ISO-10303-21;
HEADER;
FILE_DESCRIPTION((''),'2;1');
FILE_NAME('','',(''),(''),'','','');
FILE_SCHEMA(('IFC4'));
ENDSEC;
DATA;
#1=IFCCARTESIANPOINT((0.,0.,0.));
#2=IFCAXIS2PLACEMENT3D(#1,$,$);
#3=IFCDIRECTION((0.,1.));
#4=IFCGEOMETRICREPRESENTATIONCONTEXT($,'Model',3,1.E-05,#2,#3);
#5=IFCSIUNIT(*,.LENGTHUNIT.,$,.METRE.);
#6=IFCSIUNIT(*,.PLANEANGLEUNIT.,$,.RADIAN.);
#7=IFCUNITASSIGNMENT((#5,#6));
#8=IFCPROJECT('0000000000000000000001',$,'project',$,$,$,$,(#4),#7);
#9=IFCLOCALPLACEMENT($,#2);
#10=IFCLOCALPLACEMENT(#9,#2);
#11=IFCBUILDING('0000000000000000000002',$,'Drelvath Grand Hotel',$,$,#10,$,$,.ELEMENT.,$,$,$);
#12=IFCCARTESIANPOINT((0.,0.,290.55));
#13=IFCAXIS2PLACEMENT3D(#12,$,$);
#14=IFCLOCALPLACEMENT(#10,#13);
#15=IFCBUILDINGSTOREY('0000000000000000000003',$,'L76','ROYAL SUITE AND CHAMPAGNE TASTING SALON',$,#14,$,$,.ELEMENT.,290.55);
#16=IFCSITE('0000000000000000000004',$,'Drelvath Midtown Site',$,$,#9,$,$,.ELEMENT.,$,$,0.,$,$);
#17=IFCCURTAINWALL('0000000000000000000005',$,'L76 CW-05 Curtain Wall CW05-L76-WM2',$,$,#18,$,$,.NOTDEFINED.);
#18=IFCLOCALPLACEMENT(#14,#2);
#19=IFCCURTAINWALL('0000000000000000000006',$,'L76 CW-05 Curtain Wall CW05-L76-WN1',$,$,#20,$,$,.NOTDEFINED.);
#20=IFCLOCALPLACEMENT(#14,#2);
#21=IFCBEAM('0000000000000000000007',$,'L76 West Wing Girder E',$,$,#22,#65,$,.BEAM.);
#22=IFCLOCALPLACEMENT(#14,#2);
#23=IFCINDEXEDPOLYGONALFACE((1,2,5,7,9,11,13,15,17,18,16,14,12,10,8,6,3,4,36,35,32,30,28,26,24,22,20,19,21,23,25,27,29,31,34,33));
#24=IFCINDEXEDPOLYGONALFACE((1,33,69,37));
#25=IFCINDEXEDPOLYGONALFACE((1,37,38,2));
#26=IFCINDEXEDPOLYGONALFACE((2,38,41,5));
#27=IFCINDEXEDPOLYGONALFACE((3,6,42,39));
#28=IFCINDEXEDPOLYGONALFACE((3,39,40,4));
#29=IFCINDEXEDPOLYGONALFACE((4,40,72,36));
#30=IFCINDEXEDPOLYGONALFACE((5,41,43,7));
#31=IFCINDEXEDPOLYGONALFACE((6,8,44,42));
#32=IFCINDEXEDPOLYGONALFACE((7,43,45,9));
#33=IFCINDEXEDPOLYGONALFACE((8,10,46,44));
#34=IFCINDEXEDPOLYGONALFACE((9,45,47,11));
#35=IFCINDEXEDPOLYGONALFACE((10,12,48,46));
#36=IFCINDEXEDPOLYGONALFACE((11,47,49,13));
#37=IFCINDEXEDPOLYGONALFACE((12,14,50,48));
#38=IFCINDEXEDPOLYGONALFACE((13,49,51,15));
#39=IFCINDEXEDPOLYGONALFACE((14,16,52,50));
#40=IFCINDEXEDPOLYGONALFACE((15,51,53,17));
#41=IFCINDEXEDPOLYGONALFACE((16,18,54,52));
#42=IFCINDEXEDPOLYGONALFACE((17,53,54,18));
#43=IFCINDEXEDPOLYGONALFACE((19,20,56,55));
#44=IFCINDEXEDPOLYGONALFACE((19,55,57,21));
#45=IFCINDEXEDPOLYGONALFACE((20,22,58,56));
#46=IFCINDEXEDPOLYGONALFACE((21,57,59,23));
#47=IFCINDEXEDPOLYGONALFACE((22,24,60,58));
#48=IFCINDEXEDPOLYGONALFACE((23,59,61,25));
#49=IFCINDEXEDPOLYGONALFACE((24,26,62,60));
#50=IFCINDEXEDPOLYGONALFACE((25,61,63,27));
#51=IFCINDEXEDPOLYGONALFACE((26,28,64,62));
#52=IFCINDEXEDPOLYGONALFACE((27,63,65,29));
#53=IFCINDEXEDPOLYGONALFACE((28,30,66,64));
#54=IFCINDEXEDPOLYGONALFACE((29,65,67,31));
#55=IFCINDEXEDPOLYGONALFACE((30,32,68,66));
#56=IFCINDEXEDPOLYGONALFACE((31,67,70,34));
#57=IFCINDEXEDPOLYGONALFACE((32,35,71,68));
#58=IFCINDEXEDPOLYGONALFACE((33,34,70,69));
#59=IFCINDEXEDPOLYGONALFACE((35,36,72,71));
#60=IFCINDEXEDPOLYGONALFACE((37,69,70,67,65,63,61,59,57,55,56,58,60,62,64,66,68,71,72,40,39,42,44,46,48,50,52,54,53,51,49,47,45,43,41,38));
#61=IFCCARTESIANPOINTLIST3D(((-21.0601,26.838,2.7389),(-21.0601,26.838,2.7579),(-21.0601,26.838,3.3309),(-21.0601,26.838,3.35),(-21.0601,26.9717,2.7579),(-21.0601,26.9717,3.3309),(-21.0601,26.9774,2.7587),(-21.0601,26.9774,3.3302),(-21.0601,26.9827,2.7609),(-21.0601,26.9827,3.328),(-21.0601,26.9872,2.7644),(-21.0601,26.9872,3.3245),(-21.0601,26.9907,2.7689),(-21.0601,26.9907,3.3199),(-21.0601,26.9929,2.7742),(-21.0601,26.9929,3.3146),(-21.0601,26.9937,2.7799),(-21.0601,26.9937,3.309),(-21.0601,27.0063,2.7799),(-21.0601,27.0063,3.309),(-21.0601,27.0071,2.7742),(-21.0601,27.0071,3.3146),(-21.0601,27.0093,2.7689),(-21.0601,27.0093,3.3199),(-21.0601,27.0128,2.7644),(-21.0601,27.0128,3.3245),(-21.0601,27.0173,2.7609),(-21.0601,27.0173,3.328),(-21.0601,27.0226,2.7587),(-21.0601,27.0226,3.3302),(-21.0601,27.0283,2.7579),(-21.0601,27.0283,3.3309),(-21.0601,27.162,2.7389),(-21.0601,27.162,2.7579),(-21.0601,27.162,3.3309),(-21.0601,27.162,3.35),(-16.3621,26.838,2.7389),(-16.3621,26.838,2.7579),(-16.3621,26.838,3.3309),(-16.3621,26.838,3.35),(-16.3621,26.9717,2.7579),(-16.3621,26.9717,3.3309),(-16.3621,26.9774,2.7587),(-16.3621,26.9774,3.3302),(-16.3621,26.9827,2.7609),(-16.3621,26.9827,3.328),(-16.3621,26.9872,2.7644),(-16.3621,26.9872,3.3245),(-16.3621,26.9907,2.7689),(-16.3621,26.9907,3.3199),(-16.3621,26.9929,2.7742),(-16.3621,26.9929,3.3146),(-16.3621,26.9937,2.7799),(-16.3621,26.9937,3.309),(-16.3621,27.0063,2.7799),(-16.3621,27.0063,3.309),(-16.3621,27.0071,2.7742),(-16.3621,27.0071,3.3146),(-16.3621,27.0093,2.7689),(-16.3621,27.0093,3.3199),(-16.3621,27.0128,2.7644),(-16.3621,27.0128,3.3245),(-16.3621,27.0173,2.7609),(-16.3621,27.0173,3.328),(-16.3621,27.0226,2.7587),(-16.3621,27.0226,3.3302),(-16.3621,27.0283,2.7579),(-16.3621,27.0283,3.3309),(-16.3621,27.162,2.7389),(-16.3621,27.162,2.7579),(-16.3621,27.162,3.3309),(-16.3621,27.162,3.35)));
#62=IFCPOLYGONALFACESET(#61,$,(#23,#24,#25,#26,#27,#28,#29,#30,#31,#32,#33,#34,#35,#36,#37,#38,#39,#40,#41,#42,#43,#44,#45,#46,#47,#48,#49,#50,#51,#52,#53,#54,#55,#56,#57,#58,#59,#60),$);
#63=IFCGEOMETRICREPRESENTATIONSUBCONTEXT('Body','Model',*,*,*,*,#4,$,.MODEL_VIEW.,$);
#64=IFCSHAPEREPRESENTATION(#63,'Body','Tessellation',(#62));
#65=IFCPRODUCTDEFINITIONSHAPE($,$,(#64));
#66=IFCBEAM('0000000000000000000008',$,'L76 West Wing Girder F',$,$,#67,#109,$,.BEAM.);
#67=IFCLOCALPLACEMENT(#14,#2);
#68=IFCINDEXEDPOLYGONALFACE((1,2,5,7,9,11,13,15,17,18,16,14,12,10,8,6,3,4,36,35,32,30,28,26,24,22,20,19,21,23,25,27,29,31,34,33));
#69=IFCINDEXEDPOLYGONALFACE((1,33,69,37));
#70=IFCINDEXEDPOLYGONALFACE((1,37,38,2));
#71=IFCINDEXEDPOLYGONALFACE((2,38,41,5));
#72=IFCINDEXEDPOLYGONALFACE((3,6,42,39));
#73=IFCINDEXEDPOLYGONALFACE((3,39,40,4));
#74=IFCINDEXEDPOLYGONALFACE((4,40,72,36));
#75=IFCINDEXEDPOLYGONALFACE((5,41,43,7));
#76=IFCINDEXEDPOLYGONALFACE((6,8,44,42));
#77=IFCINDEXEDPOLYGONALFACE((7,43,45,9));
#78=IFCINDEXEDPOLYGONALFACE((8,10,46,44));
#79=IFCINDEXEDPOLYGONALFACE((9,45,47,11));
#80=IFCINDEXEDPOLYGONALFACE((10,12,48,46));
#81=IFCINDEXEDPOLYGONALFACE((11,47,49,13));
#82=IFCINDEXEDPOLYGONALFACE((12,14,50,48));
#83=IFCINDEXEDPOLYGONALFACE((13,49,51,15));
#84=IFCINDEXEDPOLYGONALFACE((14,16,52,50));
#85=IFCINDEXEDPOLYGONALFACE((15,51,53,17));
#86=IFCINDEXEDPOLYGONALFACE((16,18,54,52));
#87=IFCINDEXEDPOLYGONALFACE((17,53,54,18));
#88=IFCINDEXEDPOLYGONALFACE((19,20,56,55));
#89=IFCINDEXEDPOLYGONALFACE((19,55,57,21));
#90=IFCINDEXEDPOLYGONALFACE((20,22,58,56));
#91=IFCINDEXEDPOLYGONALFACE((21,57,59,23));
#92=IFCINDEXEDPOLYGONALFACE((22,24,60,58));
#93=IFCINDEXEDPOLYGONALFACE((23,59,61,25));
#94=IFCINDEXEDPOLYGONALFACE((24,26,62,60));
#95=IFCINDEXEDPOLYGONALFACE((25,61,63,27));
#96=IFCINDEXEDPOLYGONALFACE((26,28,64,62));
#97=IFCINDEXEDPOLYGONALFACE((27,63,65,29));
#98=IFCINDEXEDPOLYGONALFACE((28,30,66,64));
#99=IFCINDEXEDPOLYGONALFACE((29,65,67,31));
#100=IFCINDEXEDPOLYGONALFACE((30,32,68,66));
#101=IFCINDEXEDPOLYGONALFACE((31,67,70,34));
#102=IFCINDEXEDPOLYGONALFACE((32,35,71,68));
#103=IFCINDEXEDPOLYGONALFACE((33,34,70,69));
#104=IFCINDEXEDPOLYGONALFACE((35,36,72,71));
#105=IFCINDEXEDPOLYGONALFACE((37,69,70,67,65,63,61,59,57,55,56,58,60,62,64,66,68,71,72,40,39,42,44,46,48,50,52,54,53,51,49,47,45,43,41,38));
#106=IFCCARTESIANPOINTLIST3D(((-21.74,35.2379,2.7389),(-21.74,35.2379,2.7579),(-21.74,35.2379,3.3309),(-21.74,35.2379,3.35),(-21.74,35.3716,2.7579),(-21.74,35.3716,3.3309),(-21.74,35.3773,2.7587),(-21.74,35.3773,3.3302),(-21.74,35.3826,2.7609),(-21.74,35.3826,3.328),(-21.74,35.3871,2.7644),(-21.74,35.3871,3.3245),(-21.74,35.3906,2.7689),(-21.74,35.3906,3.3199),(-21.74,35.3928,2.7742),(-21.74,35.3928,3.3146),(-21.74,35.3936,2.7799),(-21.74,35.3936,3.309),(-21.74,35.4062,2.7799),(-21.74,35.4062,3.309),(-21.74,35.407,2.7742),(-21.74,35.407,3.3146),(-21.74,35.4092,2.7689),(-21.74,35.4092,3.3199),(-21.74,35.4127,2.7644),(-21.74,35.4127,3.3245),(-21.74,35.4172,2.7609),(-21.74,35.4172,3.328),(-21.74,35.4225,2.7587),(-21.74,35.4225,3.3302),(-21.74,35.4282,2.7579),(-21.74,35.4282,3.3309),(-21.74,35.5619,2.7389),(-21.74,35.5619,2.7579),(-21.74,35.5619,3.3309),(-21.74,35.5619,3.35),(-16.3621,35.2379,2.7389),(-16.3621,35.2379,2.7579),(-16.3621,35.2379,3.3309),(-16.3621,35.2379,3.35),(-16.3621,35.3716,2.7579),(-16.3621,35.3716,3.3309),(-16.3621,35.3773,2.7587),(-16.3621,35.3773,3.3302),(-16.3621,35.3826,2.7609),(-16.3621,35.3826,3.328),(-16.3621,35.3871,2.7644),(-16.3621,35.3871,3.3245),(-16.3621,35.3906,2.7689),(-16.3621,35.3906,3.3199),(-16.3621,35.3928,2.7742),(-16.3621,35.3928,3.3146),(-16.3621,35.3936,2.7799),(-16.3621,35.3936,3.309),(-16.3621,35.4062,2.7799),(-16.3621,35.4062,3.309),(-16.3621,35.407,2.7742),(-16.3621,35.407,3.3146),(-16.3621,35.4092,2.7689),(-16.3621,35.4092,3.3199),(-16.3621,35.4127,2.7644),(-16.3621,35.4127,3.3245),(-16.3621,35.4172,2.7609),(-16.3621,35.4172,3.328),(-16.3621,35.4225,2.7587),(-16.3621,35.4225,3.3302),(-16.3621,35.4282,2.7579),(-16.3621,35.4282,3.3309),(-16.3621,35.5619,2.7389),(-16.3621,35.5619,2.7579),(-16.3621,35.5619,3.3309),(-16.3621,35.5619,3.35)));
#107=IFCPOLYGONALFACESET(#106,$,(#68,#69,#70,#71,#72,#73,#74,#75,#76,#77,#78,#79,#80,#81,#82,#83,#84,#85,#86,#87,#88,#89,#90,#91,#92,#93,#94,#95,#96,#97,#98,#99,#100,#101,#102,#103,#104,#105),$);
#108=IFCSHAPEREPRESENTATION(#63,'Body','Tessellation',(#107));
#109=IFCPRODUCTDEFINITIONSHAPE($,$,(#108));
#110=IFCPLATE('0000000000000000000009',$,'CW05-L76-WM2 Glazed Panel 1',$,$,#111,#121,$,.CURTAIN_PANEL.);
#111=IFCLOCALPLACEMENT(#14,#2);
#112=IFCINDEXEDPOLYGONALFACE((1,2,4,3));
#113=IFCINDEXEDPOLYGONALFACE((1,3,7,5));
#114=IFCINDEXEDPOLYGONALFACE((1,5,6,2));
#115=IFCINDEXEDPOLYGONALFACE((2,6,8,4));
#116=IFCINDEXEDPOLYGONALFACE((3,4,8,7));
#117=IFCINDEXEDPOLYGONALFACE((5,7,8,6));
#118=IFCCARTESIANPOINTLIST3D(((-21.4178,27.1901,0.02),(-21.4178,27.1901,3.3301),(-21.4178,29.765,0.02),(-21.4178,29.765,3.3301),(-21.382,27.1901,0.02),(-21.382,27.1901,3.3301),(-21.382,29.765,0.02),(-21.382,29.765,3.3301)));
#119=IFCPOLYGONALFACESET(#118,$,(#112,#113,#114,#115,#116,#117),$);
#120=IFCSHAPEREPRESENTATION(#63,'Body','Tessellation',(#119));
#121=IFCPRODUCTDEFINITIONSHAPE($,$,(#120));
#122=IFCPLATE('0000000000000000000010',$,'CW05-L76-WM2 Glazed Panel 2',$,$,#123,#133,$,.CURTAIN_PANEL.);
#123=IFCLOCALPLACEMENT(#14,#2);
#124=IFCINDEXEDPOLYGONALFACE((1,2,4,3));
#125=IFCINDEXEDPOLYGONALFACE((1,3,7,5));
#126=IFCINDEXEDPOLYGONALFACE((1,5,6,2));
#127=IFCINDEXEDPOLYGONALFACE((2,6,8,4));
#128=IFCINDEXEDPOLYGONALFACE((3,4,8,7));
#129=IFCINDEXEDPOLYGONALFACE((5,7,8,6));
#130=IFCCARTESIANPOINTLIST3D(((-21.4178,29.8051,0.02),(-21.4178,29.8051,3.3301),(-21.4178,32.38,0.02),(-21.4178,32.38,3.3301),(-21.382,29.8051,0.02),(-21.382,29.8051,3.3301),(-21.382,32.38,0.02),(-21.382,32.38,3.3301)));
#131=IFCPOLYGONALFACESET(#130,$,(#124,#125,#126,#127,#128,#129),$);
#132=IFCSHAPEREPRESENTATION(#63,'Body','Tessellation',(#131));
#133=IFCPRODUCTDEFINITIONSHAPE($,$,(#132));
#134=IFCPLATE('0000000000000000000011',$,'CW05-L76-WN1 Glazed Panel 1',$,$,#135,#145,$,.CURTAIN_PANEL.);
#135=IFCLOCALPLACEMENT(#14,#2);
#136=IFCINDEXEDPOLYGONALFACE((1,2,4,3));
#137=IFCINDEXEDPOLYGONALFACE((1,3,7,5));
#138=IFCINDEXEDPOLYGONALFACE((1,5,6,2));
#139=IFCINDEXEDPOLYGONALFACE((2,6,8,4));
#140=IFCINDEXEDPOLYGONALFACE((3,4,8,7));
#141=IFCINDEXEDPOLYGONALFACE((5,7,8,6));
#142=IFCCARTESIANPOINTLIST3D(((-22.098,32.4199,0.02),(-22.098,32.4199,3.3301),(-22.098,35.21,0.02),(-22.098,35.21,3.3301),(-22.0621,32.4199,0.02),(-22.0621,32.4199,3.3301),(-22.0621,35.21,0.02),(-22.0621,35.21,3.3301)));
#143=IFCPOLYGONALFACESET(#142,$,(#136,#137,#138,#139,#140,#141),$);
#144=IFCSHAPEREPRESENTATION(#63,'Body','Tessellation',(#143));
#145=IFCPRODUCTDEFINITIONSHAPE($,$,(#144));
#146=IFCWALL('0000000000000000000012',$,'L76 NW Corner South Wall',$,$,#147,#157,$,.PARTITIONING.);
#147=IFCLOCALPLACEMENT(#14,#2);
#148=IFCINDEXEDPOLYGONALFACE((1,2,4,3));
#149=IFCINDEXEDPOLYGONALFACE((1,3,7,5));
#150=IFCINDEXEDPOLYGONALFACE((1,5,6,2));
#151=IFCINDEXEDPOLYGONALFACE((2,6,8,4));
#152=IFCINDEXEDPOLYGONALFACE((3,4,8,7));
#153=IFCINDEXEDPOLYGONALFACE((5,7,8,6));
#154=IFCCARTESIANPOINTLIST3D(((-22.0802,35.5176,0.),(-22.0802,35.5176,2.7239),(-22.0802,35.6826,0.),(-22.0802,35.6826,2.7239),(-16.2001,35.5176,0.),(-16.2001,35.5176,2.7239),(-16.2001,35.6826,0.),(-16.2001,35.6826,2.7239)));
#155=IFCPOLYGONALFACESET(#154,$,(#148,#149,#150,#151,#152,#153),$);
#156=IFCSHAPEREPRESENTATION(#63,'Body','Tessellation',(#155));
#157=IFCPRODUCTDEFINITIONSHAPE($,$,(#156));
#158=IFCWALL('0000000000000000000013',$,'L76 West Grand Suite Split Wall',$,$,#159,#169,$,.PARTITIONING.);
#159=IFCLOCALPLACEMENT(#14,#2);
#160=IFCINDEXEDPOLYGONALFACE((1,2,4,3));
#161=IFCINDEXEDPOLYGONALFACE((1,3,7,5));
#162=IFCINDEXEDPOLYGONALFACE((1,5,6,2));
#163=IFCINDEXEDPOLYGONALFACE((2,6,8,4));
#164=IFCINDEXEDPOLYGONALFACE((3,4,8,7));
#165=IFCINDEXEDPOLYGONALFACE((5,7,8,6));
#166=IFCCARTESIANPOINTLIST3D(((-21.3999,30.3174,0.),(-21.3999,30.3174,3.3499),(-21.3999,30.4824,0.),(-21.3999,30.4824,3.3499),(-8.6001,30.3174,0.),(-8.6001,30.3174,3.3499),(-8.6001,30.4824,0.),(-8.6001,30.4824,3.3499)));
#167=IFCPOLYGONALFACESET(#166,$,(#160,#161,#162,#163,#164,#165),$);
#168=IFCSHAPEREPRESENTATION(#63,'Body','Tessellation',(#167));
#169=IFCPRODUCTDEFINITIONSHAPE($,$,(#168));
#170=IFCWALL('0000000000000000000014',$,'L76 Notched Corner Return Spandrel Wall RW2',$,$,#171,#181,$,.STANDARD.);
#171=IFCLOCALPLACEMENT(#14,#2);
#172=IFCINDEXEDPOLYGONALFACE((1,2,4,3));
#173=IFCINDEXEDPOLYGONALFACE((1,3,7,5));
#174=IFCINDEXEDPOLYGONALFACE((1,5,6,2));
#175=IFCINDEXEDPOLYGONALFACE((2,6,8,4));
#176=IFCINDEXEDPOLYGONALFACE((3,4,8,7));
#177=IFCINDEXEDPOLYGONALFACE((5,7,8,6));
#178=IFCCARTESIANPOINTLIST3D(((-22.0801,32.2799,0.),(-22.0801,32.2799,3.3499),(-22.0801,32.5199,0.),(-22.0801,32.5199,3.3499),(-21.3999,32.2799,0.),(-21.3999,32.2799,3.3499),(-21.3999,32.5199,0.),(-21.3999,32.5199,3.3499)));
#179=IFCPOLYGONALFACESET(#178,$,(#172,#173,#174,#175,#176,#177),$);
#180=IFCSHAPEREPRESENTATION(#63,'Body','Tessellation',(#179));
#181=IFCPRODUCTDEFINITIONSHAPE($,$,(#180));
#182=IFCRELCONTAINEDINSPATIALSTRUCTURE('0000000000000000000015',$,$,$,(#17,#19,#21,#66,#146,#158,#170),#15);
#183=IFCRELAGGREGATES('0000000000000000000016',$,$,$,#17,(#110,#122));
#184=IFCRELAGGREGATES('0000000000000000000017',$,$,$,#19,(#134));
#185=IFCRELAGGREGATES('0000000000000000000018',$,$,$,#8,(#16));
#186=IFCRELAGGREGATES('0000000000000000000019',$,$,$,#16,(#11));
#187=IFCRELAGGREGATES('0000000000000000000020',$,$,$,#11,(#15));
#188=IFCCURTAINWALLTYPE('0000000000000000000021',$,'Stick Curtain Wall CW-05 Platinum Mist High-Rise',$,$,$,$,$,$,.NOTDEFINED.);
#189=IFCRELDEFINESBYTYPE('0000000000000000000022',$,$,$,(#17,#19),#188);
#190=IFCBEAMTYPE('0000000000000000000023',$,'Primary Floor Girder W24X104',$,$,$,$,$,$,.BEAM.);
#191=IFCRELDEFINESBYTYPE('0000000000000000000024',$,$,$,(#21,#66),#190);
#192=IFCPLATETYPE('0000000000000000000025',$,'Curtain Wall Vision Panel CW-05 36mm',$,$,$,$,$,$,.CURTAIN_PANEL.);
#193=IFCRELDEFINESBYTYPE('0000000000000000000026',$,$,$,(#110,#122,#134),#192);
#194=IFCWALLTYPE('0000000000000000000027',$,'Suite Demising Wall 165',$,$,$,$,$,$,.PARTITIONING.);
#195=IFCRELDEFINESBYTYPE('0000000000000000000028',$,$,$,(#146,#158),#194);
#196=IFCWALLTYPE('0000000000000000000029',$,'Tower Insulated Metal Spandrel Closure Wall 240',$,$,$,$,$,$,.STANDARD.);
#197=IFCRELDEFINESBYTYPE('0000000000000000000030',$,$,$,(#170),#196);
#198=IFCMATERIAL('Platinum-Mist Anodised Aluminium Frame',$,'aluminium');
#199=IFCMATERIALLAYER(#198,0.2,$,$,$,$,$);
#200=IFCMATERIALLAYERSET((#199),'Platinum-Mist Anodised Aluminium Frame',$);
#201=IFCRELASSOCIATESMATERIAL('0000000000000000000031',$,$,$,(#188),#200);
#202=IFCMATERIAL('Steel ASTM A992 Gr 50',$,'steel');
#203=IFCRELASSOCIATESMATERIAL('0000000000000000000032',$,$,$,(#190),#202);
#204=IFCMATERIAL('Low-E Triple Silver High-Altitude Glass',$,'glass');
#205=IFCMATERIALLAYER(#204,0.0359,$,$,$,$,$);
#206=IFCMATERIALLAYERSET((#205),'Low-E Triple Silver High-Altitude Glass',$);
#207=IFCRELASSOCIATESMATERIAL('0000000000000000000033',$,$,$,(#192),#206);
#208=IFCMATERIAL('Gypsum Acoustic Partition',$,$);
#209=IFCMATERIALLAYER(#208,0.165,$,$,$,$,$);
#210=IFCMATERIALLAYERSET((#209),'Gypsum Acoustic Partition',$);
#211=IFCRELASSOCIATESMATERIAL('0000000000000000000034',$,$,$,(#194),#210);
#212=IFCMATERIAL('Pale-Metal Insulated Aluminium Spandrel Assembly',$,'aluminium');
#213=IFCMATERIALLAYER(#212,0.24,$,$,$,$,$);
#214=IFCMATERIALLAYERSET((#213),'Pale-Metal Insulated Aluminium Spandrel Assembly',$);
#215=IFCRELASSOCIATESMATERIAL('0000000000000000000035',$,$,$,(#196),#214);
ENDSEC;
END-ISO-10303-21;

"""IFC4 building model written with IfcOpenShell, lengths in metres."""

from ifc_helpers import new_model, si_unit, direction, frame, frame_2d, origin, origin_2d, place, context, subcontext, project, spatial, rectangle, i_section, extrude, material, layer, layer_set, material_profile, profile_set, type_object, element, aggregate, save


model = new_model("IFC4")

# Units and contexts
model_context = context("Model", 3, precision=1e-05, world=origin(), true_north=direction((0.0, 1.0)))
body_context = subcontext(model_context, "Body", "Model", "MODEL_VIEW")
ifc_project = project(units=[si_unit("LENGTHUNIT", "METRE"), si_unit("PLANEANGLEUNIT", "RADIAN")], contexts=[model_context])

# Site, building, storey
site_placement = place(None, origin())
site = spatial("IfcSite", under=ifc_project, at=site_placement, Name="Drelvath Midtown Site", CompositionType="ELEMENT", RefElevation=0.0)
building_placement = place(site_placement, origin())
building = spatial("IfcBuilding", under=site, at=building_placement, Name="Drelvath Grand Hotel", CompositionType="ELEMENT")
storey_placement = place(building_placement, frame((0.0, 0.0, 290.55)))
storey = spatial("IfcBuildingStorey", under=building, at=storey_placement, Name="L76", Description="ROYAL SUITE AND CHAMPAGNE TASTING SALON", CompositionType="ELEMENT", Elevation=290.55)

# Curtain walls
ifc_material_1 = material(Name="Platinum-Mist Anodised Aluminium Frame", Category="aluminium")
ifc_layer_1 = layer(ifc_material_1, 0.2)
ifc_layer_set_1 = layer_set([ifc_layer_1], Name="Platinum-Mist Anodised Aluminium Frame")
curtain_wall_type = type_object("IfcCurtainWallType", Name="Stick Curtain Wall CW-05 Platinum Mist High-Rise", PredefinedType="NOTDEFINED", material=ifc_layer_set_1)
curtain_wall_1_placement = place(storey_placement, origin())
curtain_wall_1 = element("IfcCurtainWall", 1, at=curtain_wall_1_placement, inside=storey, type_object=curtain_wall_type, Name="L76 CW-05 Curtain Wall CW05-L76-WM2", PredefinedType="NOTDEFINED")
curtain_wall_2_placement = place(storey_placement, origin())
curtain_wall_2 = element("IfcCurtainWall", 2, at=curtain_wall_2_placement, inside=storey, type_object=curtain_wall_type, Name="L76 CW-05 Curtain Wall CW05-L76-WN1", PredefinedType="NOTDEFINED")

# Beams
ifc_material_2 = material(Name="Steel ASTM A992 Gr 50", Category="steel")
ifc_material_profile_1 = material_profile(ifc_material_2, i_section(OverallWidth=0.324, OverallDepth=0.6111, WebThickness=0.0127, FlangeThickness=0.019, FilletRadius=0.022, at=origin_2d()), Name="W24X104")
ifc_profile_set_1 = profile_set([ifc_material_profile_1], Name="Steel ASTM A992 Gr 50")
beam_type_1 = type_object("IfcBeamType", Name="Primary Floor Girder W24X104", PredefinedType="BEAM", material=ifc_profile_set_1)
beam_1_placement = place(storey_placement, frame((-21.0601, 27.0, 3.0444), z_axis=(1.0, 0.0, 0.0), x_axis=(0.0, 1.0, 0.0)))
element("IfcBeam", 3, at=beam_1_placement, inside=storey, type_object=beam_type_1, Name="L76 West Wing Girder E", PredefinedType="BEAM", context=body_context, shape_type="SweptSolid", body=[
    extrude(i_section(OverallWidth=0.324, OverallDepth=0.6111, WebThickness=0.0127, FlangeThickness=0.019, FilletRadius=0.022, at=origin_2d()), origin(), (0.0, 0.0, 1.0), 4.698),
])
beam_2_placement = place(storey_placement, frame((-21.74, 35.3999, 3.0444), z_axis=(1.0, 0.0, 0.0), x_axis=(0.0, 1.0, 0.0)))
element("IfcBeam", 4, at=beam_2_placement, inside=storey, type_object=beam_type_1, Name="L76 West Wing Girder F", PredefinedType="BEAM", context=body_context, shape_type="SweptSolid", body=[
    extrude(i_section(OverallWidth=0.324, OverallDepth=0.6111, WebThickness=0.0127, FlangeThickness=0.019, FilletRadius=0.022, at=origin_2d()), origin(), (0.0, 0.0, 1.0), 5.3779),
])

# Plates
ifc_material_3 = material(Name="Low-E Triple Silver High-Altitude Glass", Category="glass")
ifc_layer_2 = layer(ifc_material_3, 0.0359)
ifc_layer_set_2 = layer_set([ifc_layer_2], Name="Low-E Triple Silver High-Altitude Glass")
plate_type = type_object("IfcPlateType", Name="Curtain Wall Vision Panel CW-05 36mm", PredefinedType="CURTAIN_PANEL", material=ifc_layer_set_2)
plate_1_placement = place(storey_placement, frame((-21.3999, 28.4775, 0.02), z_axis=(0.0, 0.0, 1.0), x_axis=(0.0, 1.0, 0.0)))
plate_1 = element("IfcPlate", 5, at=plate_1_placement, type_object=plate_type, Name="CW05-L76-WM2 Glazed Panel 1", PredefinedType="CURTAIN_PANEL", context=body_context, shape_type="SweptSolid", body=[
    extrude(rectangle(XDim=2.575, YDim=0.0359, at=origin_2d()), origin(), (0.0, 0.0, 1.0), 3.3101),
])
plate_2_placement = place(storey_placement, frame((-21.3999, 31.0925, 0.02), z_axis=(0.0, 0.0, 1.0), x_axis=(0.0, 1.0, 0.0)))
plate_2 = element("IfcPlate", 6, at=plate_2_placement, type_object=plate_type, Name="CW05-L76-WM2 Glazed Panel 2", PredefinedType="CURTAIN_PANEL", context=body_context, shape_type="SweptSolid", body=[
    extrude(rectangle(XDim=2.575, YDim=0.0359, at=origin_2d()), origin(), (0.0, 0.0, 1.0), 3.3101),
])
aggregate(curtain_wall_1, [plate_1, plate_2])
plate_3_placement = place(storey_placement, frame((-22.0801, 33.8149, 0.02), z_axis=(0.0, 0.0, 1.0), x_axis=(0.0, 1.0, 0.0)))
plate_3 = element("IfcPlate", 7, at=plate_3_placement, type_object=plate_type, Name="CW05-L76-WN1 Glazed Panel 1", PredefinedType="CURTAIN_PANEL", context=body_context, shape_type="SweptSolid", body=[
    extrude(rectangle(XDim=2.79, YDim=0.0359, at=origin_2d()), origin(), (0.0, 0.0, 1.0), 3.3101),
])
aggregate(curtain_wall_2, [plate_3])

# Walls
ifc_material_4 = material(Name="Gypsum Acoustic Partition")
ifc_layer_3 = layer(ifc_material_4, 0.165)
ifc_layer_set_3 = layer_set([ifc_layer_3], Name="Gypsum Acoustic Partition")
wall_type_1 = type_object("IfcWallType", Name="Suite Demising Wall 165", PredefinedType="PARTITIONING", material=ifc_layer_set_3)
wall_1_placement = place(storey_placement, frame((-22.0801, 35.6001, 0.0), z_axis=(0.0, 0.0, 1.0), x_axis=(1.0, 0.0, 0.0)))
element("IfcWall", 8, at=wall_1_placement, inside=storey, type_object=wall_type_1, Name="L76 NW Corner South Wall", PredefinedType="PARTITIONING", context=body_context, shape_type="SweptSolid", body=[
    extrude(rectangle(XDim=5.8801, YDim=0.165, at=frame_2d((2.9399, 0.0))), origin(), (0.0, 0.0, 1.0), 2.7239),
])
wall_2_placement = place(storey_placement, frame((-21.3999, 30.3999, 0.0), z_axis=(0.0, 0.0, 1.0), x_axis=(1.0, 0.0, 0.0)))
element("IfcWall", 9, at=wall_2_placement, inside=storey, type_object=wall_type_1, Name="L76 West Grand Suite Split Wall", PredefinedType="PARTITIONING", context=body_context, shape_type="SweptSolid", body=[
    extrude(rectangle(XDim=12.7998, YDim=0.165, at=frame_2d((6.3999, 0.0))), origin(), (0.0, 0.0, 1.0), 3.3499),
])
ifc_material_5 = material(Name="Pale-Metal Insulated Aluminium Spandrel Assembly", Category="aluminium")
ifc_layer_4 = layer(ifc_material_5, 0.24)
ifc_layer_set_4 = layer_set([ifc_layer_4], Name="Pale-Metal Insulated Aluminium Spandrel Assembly")
wall_type_2 = type_object("IfcWallType", Name="Tower Insulated Metal Spandrel Closure Wall 240", PredefinedType="STANDARD", material=ifc_layer_set_4)
wall_3_placement = place(storey_placement, frame((-21.3999, 32.3999, 0.0), z_axis=(0.0, 0.0, 1.0), x_axis=(-1.0, 0.0, 0.0)))
element("IfcWall", 10, at=wall_3_placement, inside=storey, type_object=wall_type_2, Name="L76 Notched Corner Return Spandrel Wall RW2", PredefinedType="STANDARD", context=body_context, shape_type="SweptSolid", body=[
    extrude(rectangle(XDim=0.6802, YDim=0.24, at=frame_2d((0.3401, 0.0))), origin(), (0.0, 0.0, 1.0), 3.3499),
])

save(model, "model.ifc")
